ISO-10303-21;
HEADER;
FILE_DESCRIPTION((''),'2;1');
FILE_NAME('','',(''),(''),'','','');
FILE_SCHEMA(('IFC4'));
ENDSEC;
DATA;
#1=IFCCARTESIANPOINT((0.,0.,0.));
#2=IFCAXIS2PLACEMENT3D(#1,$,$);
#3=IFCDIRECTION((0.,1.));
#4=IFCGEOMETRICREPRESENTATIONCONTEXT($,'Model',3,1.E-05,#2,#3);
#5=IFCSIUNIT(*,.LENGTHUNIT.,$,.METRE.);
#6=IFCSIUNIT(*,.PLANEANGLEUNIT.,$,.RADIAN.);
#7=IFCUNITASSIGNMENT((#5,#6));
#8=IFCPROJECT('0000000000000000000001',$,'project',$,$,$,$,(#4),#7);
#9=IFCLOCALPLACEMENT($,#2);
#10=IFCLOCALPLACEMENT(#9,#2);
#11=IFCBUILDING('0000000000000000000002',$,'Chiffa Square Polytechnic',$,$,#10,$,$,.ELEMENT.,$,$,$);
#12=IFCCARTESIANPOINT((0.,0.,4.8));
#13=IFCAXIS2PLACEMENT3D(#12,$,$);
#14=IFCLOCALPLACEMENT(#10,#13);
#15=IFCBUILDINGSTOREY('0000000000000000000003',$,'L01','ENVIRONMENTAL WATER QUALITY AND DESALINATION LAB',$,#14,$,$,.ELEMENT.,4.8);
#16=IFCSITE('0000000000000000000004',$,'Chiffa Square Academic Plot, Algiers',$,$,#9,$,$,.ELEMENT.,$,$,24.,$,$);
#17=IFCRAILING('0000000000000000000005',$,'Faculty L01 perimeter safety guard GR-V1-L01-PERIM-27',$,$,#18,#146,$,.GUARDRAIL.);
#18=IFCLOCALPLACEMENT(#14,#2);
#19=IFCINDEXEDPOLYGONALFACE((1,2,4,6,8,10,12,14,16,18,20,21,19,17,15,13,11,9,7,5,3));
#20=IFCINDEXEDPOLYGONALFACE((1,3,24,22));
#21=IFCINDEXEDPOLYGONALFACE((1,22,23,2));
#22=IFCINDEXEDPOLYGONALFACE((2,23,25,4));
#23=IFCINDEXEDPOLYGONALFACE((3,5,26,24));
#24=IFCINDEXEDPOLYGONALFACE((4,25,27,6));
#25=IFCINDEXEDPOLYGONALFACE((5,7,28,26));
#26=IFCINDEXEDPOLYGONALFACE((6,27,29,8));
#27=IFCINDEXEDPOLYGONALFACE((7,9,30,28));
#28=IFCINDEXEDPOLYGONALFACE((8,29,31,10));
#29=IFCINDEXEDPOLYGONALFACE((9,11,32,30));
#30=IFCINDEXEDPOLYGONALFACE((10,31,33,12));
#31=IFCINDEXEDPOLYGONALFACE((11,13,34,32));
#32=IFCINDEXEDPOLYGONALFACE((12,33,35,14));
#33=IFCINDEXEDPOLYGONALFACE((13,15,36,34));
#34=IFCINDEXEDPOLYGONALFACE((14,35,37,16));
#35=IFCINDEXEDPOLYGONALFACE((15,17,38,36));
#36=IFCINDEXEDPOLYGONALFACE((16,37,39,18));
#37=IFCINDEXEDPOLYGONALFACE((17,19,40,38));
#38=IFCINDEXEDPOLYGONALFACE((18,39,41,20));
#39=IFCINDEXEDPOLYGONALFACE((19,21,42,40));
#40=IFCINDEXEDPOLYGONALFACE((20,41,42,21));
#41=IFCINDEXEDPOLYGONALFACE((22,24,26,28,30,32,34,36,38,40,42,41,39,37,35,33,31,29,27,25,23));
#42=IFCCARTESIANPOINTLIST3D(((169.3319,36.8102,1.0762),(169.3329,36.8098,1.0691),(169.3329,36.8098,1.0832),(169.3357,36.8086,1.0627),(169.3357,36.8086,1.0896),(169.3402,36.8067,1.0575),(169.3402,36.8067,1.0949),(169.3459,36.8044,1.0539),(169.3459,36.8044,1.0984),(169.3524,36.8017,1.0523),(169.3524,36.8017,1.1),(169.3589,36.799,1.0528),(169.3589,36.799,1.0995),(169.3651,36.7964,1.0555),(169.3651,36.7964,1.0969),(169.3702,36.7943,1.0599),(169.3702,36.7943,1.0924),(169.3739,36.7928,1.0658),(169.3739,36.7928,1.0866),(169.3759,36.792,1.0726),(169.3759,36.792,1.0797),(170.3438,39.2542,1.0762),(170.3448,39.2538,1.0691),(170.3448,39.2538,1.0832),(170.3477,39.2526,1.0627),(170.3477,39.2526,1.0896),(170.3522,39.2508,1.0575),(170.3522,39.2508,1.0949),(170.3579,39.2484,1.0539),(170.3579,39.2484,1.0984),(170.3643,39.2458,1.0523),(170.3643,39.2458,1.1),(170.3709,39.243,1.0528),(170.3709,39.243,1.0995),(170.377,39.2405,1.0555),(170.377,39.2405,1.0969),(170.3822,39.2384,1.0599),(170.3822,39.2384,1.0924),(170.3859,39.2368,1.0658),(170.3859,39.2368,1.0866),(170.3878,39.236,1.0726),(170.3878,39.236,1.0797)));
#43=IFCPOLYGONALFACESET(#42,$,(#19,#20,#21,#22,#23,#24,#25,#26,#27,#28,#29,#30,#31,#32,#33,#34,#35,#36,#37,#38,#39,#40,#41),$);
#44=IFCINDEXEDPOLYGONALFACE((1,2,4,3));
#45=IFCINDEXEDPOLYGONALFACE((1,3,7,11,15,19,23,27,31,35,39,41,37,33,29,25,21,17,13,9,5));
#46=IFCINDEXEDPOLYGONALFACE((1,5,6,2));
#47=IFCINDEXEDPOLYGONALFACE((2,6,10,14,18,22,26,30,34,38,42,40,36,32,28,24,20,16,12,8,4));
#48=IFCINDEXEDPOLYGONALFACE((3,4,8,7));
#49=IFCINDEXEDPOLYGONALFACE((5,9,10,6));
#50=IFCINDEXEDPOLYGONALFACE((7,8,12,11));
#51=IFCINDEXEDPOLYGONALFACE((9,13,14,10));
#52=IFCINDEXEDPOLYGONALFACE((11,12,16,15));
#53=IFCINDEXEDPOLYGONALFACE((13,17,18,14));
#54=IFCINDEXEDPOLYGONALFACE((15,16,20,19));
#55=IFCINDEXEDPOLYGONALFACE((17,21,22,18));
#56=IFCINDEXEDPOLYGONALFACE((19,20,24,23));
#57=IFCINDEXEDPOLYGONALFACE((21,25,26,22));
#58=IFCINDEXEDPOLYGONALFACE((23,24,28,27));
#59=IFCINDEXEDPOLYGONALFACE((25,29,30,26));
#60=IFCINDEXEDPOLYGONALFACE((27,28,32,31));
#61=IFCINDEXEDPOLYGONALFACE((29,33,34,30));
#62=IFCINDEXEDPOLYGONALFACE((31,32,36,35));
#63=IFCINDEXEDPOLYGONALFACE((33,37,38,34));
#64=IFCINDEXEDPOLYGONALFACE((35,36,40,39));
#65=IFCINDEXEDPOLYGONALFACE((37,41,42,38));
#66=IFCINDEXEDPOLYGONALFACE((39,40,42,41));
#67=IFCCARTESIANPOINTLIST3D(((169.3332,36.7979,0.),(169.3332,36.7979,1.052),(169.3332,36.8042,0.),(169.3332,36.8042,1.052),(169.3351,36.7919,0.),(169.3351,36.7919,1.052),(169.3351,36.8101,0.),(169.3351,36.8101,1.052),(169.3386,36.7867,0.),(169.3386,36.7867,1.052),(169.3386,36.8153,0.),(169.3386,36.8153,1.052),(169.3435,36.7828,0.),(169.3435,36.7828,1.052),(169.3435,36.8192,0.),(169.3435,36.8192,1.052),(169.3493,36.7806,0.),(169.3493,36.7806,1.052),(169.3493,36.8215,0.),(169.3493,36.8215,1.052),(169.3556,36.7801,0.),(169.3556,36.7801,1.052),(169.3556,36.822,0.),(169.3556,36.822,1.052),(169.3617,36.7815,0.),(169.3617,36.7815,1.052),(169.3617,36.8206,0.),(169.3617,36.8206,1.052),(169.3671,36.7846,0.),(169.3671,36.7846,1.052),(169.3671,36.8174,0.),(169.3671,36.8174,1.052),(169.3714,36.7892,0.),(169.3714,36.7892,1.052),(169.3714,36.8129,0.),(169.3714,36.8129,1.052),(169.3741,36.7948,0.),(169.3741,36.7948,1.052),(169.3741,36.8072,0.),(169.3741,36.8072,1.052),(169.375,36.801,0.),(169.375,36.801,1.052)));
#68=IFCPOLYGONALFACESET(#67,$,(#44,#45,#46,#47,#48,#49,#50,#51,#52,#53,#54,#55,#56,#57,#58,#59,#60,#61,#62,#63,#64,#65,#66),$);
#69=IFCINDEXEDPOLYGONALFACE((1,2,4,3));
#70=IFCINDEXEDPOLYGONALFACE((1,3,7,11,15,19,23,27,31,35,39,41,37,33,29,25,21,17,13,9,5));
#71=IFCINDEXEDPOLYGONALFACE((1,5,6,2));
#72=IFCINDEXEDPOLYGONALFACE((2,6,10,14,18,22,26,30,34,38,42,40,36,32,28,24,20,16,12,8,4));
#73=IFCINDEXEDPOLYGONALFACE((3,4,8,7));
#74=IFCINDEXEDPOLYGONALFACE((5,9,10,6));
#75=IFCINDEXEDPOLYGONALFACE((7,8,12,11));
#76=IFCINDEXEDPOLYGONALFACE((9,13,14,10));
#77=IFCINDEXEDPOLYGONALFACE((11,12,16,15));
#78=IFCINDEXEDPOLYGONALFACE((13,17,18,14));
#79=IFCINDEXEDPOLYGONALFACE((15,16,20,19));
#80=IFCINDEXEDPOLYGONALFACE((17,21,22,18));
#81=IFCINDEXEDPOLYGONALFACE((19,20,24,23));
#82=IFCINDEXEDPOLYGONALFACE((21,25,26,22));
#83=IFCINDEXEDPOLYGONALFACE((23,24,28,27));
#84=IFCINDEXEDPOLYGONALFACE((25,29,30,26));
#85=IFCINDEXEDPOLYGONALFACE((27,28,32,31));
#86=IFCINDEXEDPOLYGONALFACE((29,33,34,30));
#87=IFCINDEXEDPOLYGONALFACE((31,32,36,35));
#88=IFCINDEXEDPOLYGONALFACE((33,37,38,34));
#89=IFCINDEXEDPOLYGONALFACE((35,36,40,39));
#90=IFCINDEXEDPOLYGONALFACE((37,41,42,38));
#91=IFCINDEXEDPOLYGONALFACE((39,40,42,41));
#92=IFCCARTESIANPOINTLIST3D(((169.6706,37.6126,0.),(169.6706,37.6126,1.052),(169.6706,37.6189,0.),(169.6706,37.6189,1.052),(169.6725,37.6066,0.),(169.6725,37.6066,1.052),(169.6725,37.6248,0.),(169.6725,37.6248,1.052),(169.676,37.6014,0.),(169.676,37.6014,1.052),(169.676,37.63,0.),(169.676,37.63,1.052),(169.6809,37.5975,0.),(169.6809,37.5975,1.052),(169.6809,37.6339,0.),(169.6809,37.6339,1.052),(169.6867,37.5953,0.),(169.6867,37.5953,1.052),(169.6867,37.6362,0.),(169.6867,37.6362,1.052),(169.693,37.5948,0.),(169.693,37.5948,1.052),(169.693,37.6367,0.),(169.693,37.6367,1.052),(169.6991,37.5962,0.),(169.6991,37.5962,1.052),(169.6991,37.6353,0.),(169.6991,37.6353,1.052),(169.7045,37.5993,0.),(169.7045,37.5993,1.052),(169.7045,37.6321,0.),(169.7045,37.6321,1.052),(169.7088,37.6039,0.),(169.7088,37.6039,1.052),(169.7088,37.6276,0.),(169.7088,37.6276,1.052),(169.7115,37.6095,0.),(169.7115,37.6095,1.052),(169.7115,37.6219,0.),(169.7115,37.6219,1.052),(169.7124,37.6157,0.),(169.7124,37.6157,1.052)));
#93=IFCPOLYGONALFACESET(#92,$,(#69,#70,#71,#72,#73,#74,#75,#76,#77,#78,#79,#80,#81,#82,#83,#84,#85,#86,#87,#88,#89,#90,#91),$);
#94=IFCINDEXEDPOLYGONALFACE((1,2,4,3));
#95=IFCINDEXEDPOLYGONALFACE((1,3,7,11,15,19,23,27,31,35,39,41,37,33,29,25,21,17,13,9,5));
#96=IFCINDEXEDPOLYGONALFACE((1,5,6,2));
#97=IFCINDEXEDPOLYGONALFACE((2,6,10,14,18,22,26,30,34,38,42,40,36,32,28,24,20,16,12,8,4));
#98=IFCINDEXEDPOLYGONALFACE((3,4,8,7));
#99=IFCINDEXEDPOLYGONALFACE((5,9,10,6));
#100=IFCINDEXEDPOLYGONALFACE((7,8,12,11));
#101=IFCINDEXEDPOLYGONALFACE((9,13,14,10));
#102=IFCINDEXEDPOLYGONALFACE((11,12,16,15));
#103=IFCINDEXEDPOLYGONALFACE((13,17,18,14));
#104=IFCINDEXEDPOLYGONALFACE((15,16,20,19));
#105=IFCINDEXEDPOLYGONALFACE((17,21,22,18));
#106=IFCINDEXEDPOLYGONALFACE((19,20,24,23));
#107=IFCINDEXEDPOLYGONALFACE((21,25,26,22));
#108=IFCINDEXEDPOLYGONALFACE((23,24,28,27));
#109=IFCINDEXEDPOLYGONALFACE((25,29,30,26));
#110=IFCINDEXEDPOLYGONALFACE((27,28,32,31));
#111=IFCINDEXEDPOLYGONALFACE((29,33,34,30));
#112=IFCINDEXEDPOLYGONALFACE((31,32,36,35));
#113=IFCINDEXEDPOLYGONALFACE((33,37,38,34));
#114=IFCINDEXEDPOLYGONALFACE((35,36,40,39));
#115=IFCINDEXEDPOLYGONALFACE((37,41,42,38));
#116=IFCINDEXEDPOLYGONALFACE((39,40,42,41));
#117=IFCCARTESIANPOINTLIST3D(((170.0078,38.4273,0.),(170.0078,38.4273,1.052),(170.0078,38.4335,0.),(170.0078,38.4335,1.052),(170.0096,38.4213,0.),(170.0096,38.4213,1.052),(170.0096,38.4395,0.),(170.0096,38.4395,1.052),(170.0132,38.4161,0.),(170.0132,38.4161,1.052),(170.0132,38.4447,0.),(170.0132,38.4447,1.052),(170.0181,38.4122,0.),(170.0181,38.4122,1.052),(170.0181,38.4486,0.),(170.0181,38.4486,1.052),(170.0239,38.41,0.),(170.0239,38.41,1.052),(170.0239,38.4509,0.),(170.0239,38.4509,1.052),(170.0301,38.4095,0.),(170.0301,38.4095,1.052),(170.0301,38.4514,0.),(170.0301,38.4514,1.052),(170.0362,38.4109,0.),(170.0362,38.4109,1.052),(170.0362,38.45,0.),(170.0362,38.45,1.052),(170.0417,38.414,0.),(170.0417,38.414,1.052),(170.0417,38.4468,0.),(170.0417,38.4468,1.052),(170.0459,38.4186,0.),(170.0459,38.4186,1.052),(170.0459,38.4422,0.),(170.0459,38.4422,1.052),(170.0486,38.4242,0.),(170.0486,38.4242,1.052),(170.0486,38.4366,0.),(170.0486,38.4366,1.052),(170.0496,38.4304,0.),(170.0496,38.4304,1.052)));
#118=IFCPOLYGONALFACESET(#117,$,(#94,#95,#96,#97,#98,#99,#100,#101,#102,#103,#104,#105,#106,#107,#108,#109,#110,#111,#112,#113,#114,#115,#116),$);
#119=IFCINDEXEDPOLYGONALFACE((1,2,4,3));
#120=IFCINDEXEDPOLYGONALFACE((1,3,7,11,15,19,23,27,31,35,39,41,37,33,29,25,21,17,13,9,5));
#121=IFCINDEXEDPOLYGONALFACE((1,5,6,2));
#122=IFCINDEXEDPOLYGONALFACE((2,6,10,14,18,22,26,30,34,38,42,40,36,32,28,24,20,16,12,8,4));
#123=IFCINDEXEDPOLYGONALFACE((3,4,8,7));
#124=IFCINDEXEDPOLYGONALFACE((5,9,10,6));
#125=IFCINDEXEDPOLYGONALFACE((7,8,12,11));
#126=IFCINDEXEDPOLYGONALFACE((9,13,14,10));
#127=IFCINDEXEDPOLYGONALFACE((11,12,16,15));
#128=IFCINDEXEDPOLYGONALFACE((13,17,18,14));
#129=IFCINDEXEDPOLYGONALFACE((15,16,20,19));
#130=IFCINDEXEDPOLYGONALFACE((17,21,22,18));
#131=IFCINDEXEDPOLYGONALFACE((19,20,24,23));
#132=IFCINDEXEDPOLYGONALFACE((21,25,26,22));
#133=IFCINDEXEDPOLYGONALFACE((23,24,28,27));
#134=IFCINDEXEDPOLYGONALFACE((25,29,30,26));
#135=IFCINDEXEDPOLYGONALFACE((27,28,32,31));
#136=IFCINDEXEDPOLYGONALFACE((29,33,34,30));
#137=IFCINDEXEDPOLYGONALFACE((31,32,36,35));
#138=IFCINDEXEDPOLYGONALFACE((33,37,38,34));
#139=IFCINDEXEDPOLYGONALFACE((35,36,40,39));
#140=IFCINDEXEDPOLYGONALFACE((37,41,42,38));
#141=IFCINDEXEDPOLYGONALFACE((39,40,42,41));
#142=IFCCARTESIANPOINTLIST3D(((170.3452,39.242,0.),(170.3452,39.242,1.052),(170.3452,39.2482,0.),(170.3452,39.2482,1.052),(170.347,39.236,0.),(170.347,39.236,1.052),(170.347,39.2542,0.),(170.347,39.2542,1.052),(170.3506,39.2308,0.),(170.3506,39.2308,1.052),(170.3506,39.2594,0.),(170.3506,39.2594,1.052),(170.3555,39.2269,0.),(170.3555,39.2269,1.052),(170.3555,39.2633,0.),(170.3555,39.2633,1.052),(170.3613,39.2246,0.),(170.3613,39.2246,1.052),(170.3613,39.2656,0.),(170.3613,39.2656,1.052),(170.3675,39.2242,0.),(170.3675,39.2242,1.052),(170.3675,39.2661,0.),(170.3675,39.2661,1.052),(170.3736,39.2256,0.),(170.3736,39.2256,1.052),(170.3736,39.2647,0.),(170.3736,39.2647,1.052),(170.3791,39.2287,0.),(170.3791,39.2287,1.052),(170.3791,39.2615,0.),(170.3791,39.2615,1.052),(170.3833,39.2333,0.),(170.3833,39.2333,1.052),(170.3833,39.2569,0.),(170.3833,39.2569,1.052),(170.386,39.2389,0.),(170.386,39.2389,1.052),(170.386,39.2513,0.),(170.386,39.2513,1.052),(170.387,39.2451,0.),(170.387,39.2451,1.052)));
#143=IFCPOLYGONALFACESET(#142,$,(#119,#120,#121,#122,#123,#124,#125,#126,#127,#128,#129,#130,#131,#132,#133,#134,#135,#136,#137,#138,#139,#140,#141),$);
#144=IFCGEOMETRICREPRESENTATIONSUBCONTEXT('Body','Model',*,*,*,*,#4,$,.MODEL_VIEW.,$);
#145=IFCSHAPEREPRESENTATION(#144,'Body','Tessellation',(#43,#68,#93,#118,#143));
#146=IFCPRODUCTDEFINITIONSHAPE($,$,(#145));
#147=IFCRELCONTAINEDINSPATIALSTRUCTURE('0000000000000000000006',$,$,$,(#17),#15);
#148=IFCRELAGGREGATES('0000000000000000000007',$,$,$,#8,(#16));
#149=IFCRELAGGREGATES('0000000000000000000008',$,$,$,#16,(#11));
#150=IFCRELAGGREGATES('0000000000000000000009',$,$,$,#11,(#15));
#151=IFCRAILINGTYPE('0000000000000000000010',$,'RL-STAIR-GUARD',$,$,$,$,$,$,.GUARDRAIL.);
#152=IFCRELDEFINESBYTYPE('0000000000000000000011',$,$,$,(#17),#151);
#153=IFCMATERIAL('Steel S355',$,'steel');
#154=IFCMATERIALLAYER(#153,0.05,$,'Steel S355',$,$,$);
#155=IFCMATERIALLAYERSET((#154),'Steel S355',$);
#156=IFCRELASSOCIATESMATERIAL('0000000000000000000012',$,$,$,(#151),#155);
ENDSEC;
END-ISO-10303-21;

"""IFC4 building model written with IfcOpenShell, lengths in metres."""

from ifc_helpers import new_model, si_unit, direction, frame, origin, origin_2d, place, context, subcontext, project, spatial, circle, extrude, material, layer, layer_set, type_object, element, save


model = new_model("IFC4")

# Units and contexts
model_context = context("Model", 3, precision=1e-05, world=origin(), true_north=direction((0.0, 1.0)))
body_context = subcontext(model_context, "Body", "Model", "MODEL_VIEW")
ifc_project = project(units=[si_unit("LENGTHUNIT", "METRE"), si_unit("PLANEANGLEUNIT", "RADIAN")], contexts=[model_context])

# Site, building, storey
site_placement = place(None, origin())
site = spatial("IfcSite", under=ifc_project, at=site_placement, Name="Chiffa Square Academic Plot, Algiers", CompositionType="ELEMENT", RefElevation=24.0)
building_placement = place(site_placement, origin())
building = spatial("IfcBuilding", under=site, at=building_placement, Name="Chiffa Square Polytechnic", CompositionType="ELEMENT")
storey_placement = place(building_placement, frame((0.0, 0.0, 4.8)))
storey = spatial("IfcBuildingStorey", under=building, at=storey_placement, Name="L01", Description="ENVIRONMENTAL WATER QUALITY AND DESALINATION LAB", CompositionType="ELEMENT", Elevation=4.8)

# Railing
ifc_material_1 = material(Name="Steel S355", Category="steel")
ifc_layer_1 = layer(ifc_material_1, 0.05, Name="Steel S355")
ifc_layer_set_1 = layer_set([ifc_layer_1], Name="Steel S355")
railing_type = type_object("IfcRailingType", Name="RL-STAIR-GUARD", PredefinedType="GUARDRAIL", material=ifc_layer_set_1)
railing_1_placement = place(storey_placement, frame((169.354, 36.801, 0.0)))
element("IfcRailing", 1, at=railing_1_placement, inside=storey, type_object=railing_type, Name="Faculty L01 perimeter safety guard GR-V1-L01-PERIM-27", PredefinedType="GUARDRAIL", context=body_context, shape_type="SweptSolid", body=[
    extrude(circle(Radius=0.0239, at=origin_2d()), frame((0.0, 0.0, 1.0762), z_axis=(0.38255, 0.923935, 0.0), x_axis=(-0.923935, 0.38255, 0.0)), (0.0, 0.0, 1.0), 2.6453),
    extrude(circle(Radius=0.021, at=origin_2d()), origin(), (0.0, 0.0, 1.0), 1.052),
    extrude(circle(Radius=0.021, at=origin_2d()), frame((0.3374, 0.8147, 0.0)), (0.0, 0.0, 1.0), 1.052),
    extrude(circle(Radius=0.021, at=origin_2d()), frame((0.6746, 1.6294, 0.0)), (0.0, 0.0, 1.0), 1.052),
    extrude(circle(Radius=0.021, at=origin_2d()), frame((1.012, 2.4441, 0.0)), (0.0, 0.0, 1.0), 1.052),
])

save(model, "model.ifc")
